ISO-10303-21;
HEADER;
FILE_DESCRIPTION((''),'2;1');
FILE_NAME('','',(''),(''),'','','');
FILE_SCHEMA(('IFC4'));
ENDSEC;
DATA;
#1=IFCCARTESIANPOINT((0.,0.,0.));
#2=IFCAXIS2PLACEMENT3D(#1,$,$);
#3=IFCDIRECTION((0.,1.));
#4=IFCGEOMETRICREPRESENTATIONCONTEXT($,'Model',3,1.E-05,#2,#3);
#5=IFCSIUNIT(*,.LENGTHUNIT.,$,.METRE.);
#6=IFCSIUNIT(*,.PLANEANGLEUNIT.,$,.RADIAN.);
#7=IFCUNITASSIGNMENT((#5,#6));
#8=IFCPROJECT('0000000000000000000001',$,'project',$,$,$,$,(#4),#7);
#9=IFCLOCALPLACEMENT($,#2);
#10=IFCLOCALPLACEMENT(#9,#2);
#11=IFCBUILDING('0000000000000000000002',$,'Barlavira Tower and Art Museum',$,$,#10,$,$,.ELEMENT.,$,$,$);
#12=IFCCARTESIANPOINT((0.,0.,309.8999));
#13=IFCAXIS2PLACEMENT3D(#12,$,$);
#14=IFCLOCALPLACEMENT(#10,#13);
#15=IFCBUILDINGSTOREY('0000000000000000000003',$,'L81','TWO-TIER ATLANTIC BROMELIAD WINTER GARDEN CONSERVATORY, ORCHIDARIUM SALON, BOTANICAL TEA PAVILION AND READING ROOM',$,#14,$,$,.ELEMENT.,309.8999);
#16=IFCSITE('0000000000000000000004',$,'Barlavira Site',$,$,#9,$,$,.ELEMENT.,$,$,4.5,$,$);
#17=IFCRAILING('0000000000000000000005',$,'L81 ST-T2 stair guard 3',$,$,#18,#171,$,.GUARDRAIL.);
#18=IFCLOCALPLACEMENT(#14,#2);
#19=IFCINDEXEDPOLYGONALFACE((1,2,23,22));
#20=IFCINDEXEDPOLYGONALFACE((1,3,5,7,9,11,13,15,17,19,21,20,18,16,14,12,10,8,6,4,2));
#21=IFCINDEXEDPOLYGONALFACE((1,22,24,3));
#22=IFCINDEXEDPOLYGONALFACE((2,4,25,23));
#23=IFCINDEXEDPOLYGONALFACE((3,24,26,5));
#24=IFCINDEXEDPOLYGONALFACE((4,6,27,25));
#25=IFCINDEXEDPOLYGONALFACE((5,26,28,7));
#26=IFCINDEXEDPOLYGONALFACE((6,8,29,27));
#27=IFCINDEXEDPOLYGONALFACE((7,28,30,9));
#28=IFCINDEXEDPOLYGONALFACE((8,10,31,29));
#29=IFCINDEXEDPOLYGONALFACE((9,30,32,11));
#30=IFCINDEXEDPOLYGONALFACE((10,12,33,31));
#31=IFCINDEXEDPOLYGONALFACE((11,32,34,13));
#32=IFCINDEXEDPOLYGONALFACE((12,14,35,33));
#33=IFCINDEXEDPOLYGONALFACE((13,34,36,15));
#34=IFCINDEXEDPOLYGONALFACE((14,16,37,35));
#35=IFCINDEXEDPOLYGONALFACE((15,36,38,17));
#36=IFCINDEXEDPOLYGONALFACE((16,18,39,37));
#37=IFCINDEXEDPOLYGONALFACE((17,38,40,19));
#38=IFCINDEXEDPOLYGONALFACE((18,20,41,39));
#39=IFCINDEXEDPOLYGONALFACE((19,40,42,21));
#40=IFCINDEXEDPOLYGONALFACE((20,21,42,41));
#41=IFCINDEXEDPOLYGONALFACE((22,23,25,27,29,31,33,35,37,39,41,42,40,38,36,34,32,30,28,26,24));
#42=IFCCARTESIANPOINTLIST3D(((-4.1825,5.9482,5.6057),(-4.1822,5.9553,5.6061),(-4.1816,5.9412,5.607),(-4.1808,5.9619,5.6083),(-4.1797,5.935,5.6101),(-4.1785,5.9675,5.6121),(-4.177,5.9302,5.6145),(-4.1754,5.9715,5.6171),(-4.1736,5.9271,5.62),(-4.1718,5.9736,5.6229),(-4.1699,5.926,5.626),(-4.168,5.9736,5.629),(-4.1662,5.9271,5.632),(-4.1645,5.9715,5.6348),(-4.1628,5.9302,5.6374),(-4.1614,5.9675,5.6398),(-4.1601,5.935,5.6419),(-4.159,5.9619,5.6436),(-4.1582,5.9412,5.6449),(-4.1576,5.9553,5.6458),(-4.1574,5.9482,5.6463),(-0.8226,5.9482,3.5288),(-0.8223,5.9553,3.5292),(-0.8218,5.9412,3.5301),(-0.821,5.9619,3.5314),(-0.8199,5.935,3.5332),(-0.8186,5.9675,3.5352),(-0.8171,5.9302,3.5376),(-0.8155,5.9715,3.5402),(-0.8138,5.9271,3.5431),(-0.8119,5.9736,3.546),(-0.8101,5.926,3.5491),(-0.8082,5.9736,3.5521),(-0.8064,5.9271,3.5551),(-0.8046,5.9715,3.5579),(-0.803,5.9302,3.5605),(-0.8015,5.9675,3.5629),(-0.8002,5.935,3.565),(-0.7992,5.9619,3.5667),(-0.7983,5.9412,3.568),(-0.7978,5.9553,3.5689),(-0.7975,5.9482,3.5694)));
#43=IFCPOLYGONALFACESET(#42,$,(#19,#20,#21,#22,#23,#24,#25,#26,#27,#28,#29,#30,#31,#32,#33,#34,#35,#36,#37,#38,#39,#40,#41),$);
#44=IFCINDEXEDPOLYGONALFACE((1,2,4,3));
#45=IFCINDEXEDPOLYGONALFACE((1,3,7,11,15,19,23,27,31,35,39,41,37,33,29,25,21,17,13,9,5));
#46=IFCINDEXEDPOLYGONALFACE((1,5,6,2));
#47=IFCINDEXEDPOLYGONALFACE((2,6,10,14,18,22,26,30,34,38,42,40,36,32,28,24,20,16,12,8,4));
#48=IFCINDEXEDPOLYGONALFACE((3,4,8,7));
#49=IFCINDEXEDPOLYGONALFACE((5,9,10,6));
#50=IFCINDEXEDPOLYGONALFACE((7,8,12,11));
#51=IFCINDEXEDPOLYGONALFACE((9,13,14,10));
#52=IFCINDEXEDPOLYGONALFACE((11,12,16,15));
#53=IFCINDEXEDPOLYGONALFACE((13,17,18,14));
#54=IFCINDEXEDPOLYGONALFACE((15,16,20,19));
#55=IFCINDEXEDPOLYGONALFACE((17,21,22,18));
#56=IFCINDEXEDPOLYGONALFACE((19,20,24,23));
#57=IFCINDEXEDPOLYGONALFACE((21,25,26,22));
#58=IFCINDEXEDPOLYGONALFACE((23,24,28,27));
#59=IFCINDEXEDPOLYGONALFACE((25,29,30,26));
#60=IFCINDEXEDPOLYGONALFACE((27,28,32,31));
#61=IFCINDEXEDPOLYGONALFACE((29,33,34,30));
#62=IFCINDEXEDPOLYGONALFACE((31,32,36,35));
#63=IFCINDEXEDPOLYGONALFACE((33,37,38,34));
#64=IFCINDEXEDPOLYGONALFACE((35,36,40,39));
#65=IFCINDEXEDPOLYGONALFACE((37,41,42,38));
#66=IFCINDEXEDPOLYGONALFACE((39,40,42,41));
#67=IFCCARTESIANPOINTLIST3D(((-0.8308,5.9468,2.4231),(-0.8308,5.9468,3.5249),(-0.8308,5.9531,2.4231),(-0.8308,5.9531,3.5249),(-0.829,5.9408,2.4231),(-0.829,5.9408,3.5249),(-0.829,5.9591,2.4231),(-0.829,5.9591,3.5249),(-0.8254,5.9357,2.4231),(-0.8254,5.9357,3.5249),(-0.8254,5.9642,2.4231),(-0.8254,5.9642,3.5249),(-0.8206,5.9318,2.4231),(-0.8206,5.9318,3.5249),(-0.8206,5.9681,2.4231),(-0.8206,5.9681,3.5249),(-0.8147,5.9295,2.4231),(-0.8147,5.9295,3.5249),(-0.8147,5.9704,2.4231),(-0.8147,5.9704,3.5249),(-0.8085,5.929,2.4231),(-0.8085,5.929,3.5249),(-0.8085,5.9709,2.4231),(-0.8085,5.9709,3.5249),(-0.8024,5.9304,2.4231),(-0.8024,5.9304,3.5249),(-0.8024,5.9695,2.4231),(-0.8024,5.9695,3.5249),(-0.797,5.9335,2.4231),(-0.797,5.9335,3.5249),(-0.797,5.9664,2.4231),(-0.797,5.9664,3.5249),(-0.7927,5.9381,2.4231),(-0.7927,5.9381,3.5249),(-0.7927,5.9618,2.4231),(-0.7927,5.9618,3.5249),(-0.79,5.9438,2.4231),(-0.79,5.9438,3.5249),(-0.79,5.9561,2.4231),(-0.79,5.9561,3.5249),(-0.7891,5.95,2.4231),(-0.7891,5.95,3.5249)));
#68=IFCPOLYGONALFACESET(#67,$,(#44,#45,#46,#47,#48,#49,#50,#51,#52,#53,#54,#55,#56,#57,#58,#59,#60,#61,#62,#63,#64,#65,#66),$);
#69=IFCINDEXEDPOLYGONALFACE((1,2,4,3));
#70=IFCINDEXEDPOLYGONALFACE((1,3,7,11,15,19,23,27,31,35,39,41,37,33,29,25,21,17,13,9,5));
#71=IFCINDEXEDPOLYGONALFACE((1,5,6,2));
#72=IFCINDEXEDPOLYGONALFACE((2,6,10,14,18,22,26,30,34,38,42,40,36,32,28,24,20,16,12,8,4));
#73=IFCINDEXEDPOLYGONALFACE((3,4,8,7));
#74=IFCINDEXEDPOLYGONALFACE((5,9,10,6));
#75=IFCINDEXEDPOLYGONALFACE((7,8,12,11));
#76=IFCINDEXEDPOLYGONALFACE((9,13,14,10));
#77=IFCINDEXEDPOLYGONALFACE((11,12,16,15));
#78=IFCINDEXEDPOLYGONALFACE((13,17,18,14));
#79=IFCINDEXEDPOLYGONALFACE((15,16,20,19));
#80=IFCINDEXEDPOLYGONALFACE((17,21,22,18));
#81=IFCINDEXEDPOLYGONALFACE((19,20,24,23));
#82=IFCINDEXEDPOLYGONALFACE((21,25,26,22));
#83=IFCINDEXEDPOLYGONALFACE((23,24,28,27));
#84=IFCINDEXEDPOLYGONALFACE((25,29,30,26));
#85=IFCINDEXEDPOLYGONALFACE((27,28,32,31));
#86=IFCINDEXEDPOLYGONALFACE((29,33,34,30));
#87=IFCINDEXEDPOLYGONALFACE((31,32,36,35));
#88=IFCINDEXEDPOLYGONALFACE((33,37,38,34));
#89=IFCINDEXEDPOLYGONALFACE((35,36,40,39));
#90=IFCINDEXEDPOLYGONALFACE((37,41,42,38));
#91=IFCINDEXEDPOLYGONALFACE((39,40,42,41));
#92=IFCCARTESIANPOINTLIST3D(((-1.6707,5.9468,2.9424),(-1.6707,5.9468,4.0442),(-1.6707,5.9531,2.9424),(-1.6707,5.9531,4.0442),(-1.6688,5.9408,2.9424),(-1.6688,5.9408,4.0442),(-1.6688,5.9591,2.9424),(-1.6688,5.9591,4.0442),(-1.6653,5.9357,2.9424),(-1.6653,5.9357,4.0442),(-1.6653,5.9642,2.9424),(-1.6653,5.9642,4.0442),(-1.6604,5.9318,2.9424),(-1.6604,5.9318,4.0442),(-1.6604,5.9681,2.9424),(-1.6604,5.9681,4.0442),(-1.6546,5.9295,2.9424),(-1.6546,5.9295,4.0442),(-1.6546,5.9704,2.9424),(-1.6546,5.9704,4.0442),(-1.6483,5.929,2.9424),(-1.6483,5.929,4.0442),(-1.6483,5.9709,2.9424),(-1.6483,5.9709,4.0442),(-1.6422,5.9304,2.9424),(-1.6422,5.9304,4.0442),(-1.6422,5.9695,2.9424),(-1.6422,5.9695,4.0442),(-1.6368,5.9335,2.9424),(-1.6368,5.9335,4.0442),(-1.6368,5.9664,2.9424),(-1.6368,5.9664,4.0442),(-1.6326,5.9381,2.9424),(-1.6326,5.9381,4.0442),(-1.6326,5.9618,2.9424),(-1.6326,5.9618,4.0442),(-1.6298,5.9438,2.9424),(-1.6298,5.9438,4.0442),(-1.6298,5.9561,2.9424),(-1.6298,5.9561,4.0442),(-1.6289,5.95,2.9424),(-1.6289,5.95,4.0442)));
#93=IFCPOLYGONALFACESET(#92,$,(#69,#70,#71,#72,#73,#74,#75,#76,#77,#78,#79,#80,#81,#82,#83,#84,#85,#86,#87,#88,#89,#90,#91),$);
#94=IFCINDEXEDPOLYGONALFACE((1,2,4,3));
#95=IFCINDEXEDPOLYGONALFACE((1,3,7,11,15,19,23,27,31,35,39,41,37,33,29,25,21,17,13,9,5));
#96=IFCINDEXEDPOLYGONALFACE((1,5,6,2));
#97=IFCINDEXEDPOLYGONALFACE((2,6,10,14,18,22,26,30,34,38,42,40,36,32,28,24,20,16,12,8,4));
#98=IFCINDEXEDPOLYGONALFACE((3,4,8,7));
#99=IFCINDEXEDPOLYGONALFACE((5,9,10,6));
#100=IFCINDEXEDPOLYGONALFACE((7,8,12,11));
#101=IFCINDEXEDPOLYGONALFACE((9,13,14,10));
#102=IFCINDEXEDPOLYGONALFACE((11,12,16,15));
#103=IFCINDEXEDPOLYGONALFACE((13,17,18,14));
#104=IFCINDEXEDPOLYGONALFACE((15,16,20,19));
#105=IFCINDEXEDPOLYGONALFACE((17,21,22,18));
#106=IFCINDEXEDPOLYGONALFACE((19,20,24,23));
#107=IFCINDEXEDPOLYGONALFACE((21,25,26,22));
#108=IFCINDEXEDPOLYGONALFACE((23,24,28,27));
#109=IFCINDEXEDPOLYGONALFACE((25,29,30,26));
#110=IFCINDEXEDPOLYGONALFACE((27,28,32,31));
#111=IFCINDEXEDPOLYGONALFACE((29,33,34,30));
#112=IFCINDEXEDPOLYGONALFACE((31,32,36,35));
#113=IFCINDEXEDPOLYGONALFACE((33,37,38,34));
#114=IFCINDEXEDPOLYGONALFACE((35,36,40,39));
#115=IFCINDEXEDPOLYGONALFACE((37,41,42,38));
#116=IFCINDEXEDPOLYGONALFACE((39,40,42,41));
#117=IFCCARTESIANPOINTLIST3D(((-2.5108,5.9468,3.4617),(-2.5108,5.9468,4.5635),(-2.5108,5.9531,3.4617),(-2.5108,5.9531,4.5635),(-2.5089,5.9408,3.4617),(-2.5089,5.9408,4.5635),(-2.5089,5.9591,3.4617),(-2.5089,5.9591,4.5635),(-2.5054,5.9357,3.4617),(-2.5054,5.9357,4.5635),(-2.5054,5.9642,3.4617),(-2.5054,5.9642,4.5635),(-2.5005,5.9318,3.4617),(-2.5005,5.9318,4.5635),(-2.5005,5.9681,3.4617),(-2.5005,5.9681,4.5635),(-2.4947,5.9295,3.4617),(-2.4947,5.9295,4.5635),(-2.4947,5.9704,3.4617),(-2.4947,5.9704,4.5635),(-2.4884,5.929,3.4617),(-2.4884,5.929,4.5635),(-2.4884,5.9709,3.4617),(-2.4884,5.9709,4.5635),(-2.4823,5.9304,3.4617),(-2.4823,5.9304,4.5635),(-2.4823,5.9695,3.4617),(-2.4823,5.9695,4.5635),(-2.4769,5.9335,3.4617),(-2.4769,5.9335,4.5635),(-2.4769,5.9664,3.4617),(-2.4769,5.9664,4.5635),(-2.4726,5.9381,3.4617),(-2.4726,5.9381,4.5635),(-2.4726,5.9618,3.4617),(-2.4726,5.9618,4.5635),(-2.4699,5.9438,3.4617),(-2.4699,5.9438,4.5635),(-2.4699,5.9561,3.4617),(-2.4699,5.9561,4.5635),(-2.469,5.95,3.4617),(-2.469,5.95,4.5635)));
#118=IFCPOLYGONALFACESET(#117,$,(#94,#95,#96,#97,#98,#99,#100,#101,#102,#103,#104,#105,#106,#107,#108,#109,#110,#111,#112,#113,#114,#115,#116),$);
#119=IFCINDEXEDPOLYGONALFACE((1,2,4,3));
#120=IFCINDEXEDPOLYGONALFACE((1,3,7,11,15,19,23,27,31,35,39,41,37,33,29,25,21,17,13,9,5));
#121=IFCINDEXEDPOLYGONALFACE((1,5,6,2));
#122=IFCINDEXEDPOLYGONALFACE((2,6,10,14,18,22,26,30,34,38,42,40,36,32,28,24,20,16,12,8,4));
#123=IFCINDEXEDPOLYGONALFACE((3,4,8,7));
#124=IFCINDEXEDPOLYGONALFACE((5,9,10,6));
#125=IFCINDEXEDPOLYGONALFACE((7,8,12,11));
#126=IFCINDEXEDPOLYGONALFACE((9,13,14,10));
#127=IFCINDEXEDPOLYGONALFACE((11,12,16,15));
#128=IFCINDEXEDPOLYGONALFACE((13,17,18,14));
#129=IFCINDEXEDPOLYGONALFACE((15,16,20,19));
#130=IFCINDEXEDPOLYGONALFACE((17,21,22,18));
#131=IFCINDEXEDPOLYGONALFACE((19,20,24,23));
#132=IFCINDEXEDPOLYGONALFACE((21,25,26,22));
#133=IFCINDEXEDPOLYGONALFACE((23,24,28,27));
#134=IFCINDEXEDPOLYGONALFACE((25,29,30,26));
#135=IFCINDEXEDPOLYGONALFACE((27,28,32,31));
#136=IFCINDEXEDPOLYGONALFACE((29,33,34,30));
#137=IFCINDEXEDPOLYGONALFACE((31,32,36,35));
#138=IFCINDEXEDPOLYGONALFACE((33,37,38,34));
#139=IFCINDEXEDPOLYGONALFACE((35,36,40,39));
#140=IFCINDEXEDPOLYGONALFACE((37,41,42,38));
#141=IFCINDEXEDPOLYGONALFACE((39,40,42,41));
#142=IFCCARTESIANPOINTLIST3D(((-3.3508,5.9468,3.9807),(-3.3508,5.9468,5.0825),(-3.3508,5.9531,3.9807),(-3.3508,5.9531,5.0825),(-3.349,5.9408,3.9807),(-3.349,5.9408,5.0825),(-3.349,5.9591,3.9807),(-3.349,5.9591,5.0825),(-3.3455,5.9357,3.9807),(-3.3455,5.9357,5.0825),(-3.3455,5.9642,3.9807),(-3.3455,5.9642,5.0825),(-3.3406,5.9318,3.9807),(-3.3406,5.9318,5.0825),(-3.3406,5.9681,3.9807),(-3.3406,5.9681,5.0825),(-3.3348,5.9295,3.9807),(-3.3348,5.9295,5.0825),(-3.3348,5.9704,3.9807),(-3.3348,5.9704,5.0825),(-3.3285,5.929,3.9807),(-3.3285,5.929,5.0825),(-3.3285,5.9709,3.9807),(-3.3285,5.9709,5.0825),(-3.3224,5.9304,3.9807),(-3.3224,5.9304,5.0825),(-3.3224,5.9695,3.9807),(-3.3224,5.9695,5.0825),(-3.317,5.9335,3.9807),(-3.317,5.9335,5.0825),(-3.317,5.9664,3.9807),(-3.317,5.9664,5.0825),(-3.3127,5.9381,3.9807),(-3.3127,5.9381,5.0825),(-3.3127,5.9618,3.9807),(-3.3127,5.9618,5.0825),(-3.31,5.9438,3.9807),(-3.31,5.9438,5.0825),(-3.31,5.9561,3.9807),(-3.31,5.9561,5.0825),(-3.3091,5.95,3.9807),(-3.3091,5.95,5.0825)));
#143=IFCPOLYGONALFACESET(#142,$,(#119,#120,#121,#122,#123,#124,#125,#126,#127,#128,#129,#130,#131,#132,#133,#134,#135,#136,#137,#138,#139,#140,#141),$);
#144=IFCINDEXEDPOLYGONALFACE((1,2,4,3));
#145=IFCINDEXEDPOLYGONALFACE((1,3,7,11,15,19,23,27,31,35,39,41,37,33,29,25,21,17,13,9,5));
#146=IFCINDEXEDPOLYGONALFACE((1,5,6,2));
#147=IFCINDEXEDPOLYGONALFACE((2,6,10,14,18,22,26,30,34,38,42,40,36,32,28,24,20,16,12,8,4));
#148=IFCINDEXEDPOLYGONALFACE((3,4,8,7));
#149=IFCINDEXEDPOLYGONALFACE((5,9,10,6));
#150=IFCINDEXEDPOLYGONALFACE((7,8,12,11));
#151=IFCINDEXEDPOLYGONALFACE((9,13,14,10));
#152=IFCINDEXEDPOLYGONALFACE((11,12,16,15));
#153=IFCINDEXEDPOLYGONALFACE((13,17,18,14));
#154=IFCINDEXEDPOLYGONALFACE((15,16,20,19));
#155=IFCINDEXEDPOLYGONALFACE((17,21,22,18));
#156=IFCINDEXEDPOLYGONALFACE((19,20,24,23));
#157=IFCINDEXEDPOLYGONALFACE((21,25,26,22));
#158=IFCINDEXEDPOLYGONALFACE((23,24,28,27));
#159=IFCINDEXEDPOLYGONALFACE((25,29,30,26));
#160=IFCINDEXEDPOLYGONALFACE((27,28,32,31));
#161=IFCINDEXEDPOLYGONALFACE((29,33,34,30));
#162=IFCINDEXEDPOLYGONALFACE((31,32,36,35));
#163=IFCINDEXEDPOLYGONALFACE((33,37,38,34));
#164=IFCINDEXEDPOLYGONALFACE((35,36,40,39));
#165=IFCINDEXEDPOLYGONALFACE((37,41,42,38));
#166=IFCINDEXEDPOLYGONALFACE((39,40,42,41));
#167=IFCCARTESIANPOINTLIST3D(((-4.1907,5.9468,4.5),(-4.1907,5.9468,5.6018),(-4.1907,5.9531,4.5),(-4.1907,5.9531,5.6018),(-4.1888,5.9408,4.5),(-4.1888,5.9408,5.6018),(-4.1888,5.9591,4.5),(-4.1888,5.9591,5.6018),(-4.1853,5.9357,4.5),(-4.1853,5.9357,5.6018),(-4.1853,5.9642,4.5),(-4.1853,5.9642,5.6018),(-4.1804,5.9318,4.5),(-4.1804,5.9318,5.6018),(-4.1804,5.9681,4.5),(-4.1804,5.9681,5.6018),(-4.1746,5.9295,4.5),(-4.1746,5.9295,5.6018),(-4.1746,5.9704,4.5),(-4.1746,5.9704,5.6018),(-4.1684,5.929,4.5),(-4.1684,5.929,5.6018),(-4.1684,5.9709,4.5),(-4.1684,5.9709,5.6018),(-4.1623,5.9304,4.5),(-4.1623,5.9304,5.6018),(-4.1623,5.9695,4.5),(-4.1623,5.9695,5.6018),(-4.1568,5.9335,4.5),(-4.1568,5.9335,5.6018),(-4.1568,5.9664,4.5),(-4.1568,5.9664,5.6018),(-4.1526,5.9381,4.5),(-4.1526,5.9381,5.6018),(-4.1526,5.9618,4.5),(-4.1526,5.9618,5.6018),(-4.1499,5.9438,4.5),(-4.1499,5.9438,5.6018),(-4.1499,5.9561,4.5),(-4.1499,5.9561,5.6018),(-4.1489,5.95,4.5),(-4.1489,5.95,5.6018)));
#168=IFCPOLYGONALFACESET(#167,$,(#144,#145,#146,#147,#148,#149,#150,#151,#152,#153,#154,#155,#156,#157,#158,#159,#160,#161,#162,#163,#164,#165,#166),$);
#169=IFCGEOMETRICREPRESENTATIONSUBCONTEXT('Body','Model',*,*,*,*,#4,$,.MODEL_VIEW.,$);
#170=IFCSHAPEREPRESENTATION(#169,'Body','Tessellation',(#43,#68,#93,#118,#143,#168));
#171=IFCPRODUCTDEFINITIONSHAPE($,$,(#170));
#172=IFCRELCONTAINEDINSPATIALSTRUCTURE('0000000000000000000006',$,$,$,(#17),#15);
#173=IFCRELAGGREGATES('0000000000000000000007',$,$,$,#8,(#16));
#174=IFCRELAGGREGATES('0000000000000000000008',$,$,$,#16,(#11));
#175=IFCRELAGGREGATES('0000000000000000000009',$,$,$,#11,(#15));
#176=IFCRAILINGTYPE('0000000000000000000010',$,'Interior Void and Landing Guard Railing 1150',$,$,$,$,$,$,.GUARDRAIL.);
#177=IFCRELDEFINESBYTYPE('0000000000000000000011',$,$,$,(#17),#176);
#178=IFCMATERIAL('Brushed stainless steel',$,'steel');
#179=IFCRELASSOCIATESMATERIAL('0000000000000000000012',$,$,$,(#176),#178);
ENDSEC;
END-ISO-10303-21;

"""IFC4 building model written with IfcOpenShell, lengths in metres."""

from ifc_helpers import new_model, si_unit, direction, frame, origin, origin_2d, place, context, subcontext, project, spatial, circle, extrude, material, type_object, element, save


model = new_model("IFC4")

# Units and contexts
model_context = context("Model", 3, precision=1e-05, world=origin(), true_north=direction((0.0, 1.0)))
body_context = subcontext(model_context, "Body", "Model", "MODEL_VIEW")
ifc_project = project(units=[si_unit("LENGTHUNIT", "METRE"), si_unit("PLANEANGLEUNIT", "RADIAN")], contexts=[model_context])

# Site, building, storey
site_placement = place(None, origin())
site = spatial("IfcSite", under=ifc_project, at=site_placement, Name="Barlavira Site", CompositionType="ELEMENT", RefElevation=4.5)
building_placement = place(site_placement, origin())
building = spatial("IfcBuilding", under=site, at=building_placement, Name="Barlavira Tower and Art Museum", CompositionType="ELEMENT")
storey_placement = place(building_placement, frame((0.0, 0.0, 309.8999)))
storey = spatial("IfcBuildingStorey", under=building, at=storey_placement, Name="L81", Description="TWO-TIER ATLANTIC BROMELIAD WINTER GARDEN CONSERVATORY, ORCHIDARIUM SALON, BOTANICAL TEA PAVILION AND READING ROOM", CompositionType="ELEMENT", Elevation=309.8999)

# Shared definitions
ifc_material_1 = material(Name="Brushed stainless steel", Category="steel")

# Railing
railing_type_1 = type_object("IfcRailingType", Name="Interior Void and Landing Guard Railing 1150", PredefinedType="GUARDRAIL", material=ifc_material_1)
railing_1_placement = place(storey_placement, frame((-0.8101, 5.95, 2.4231)))
element("IfcRailing", 1, at=railing_1_placement, inside=storey, type_object=railing_type_1, Name="L81 ST-T2 stair guard 3", PredefinedType="GUARDRAIL", context=body_context, shape_type="SweptSolid", body=[
    extrude(circle(Radius=0.0239, at=origin_2d()), frame((0.0, 0.0, 1.126), z_axis=(-0.850606, 0.0, 0.525803), x_axis=(0.0, -1.0, 0.0)), (0.0, 0.0, 1.0), 3.95),
    extrude(circle(Radius=0.021, at=origin_2d()), origin(), (0.0, 0.0, 1.0), 1.1018),
    extrude(circle(Radius=0.021, at=origin_2d()), frame((-0.8398, 0.0, 0.5193)), (0.0, 0.0, 1.0), 1.1018),
    extrude(circle(Radius=0.021, at=origin_2d()), frame((-1.6799, 0.0, 1.0386)), (0.0, 0.0, 1.0), 1.1018),
    extrude(circle(Radius=0.021, at=origin_2d()), frame((-2.52, 0.0, 1.5576)), (0.0, 0.0, 1.0), 1.1018),
    extrude(circle(Radius=0.021, at=origin_2d()), frame((-3.3599, 0.0, 2.0769)), (0.0, 0.0, 1.0), 1.1018),
])

save(model, "model.ifc")
